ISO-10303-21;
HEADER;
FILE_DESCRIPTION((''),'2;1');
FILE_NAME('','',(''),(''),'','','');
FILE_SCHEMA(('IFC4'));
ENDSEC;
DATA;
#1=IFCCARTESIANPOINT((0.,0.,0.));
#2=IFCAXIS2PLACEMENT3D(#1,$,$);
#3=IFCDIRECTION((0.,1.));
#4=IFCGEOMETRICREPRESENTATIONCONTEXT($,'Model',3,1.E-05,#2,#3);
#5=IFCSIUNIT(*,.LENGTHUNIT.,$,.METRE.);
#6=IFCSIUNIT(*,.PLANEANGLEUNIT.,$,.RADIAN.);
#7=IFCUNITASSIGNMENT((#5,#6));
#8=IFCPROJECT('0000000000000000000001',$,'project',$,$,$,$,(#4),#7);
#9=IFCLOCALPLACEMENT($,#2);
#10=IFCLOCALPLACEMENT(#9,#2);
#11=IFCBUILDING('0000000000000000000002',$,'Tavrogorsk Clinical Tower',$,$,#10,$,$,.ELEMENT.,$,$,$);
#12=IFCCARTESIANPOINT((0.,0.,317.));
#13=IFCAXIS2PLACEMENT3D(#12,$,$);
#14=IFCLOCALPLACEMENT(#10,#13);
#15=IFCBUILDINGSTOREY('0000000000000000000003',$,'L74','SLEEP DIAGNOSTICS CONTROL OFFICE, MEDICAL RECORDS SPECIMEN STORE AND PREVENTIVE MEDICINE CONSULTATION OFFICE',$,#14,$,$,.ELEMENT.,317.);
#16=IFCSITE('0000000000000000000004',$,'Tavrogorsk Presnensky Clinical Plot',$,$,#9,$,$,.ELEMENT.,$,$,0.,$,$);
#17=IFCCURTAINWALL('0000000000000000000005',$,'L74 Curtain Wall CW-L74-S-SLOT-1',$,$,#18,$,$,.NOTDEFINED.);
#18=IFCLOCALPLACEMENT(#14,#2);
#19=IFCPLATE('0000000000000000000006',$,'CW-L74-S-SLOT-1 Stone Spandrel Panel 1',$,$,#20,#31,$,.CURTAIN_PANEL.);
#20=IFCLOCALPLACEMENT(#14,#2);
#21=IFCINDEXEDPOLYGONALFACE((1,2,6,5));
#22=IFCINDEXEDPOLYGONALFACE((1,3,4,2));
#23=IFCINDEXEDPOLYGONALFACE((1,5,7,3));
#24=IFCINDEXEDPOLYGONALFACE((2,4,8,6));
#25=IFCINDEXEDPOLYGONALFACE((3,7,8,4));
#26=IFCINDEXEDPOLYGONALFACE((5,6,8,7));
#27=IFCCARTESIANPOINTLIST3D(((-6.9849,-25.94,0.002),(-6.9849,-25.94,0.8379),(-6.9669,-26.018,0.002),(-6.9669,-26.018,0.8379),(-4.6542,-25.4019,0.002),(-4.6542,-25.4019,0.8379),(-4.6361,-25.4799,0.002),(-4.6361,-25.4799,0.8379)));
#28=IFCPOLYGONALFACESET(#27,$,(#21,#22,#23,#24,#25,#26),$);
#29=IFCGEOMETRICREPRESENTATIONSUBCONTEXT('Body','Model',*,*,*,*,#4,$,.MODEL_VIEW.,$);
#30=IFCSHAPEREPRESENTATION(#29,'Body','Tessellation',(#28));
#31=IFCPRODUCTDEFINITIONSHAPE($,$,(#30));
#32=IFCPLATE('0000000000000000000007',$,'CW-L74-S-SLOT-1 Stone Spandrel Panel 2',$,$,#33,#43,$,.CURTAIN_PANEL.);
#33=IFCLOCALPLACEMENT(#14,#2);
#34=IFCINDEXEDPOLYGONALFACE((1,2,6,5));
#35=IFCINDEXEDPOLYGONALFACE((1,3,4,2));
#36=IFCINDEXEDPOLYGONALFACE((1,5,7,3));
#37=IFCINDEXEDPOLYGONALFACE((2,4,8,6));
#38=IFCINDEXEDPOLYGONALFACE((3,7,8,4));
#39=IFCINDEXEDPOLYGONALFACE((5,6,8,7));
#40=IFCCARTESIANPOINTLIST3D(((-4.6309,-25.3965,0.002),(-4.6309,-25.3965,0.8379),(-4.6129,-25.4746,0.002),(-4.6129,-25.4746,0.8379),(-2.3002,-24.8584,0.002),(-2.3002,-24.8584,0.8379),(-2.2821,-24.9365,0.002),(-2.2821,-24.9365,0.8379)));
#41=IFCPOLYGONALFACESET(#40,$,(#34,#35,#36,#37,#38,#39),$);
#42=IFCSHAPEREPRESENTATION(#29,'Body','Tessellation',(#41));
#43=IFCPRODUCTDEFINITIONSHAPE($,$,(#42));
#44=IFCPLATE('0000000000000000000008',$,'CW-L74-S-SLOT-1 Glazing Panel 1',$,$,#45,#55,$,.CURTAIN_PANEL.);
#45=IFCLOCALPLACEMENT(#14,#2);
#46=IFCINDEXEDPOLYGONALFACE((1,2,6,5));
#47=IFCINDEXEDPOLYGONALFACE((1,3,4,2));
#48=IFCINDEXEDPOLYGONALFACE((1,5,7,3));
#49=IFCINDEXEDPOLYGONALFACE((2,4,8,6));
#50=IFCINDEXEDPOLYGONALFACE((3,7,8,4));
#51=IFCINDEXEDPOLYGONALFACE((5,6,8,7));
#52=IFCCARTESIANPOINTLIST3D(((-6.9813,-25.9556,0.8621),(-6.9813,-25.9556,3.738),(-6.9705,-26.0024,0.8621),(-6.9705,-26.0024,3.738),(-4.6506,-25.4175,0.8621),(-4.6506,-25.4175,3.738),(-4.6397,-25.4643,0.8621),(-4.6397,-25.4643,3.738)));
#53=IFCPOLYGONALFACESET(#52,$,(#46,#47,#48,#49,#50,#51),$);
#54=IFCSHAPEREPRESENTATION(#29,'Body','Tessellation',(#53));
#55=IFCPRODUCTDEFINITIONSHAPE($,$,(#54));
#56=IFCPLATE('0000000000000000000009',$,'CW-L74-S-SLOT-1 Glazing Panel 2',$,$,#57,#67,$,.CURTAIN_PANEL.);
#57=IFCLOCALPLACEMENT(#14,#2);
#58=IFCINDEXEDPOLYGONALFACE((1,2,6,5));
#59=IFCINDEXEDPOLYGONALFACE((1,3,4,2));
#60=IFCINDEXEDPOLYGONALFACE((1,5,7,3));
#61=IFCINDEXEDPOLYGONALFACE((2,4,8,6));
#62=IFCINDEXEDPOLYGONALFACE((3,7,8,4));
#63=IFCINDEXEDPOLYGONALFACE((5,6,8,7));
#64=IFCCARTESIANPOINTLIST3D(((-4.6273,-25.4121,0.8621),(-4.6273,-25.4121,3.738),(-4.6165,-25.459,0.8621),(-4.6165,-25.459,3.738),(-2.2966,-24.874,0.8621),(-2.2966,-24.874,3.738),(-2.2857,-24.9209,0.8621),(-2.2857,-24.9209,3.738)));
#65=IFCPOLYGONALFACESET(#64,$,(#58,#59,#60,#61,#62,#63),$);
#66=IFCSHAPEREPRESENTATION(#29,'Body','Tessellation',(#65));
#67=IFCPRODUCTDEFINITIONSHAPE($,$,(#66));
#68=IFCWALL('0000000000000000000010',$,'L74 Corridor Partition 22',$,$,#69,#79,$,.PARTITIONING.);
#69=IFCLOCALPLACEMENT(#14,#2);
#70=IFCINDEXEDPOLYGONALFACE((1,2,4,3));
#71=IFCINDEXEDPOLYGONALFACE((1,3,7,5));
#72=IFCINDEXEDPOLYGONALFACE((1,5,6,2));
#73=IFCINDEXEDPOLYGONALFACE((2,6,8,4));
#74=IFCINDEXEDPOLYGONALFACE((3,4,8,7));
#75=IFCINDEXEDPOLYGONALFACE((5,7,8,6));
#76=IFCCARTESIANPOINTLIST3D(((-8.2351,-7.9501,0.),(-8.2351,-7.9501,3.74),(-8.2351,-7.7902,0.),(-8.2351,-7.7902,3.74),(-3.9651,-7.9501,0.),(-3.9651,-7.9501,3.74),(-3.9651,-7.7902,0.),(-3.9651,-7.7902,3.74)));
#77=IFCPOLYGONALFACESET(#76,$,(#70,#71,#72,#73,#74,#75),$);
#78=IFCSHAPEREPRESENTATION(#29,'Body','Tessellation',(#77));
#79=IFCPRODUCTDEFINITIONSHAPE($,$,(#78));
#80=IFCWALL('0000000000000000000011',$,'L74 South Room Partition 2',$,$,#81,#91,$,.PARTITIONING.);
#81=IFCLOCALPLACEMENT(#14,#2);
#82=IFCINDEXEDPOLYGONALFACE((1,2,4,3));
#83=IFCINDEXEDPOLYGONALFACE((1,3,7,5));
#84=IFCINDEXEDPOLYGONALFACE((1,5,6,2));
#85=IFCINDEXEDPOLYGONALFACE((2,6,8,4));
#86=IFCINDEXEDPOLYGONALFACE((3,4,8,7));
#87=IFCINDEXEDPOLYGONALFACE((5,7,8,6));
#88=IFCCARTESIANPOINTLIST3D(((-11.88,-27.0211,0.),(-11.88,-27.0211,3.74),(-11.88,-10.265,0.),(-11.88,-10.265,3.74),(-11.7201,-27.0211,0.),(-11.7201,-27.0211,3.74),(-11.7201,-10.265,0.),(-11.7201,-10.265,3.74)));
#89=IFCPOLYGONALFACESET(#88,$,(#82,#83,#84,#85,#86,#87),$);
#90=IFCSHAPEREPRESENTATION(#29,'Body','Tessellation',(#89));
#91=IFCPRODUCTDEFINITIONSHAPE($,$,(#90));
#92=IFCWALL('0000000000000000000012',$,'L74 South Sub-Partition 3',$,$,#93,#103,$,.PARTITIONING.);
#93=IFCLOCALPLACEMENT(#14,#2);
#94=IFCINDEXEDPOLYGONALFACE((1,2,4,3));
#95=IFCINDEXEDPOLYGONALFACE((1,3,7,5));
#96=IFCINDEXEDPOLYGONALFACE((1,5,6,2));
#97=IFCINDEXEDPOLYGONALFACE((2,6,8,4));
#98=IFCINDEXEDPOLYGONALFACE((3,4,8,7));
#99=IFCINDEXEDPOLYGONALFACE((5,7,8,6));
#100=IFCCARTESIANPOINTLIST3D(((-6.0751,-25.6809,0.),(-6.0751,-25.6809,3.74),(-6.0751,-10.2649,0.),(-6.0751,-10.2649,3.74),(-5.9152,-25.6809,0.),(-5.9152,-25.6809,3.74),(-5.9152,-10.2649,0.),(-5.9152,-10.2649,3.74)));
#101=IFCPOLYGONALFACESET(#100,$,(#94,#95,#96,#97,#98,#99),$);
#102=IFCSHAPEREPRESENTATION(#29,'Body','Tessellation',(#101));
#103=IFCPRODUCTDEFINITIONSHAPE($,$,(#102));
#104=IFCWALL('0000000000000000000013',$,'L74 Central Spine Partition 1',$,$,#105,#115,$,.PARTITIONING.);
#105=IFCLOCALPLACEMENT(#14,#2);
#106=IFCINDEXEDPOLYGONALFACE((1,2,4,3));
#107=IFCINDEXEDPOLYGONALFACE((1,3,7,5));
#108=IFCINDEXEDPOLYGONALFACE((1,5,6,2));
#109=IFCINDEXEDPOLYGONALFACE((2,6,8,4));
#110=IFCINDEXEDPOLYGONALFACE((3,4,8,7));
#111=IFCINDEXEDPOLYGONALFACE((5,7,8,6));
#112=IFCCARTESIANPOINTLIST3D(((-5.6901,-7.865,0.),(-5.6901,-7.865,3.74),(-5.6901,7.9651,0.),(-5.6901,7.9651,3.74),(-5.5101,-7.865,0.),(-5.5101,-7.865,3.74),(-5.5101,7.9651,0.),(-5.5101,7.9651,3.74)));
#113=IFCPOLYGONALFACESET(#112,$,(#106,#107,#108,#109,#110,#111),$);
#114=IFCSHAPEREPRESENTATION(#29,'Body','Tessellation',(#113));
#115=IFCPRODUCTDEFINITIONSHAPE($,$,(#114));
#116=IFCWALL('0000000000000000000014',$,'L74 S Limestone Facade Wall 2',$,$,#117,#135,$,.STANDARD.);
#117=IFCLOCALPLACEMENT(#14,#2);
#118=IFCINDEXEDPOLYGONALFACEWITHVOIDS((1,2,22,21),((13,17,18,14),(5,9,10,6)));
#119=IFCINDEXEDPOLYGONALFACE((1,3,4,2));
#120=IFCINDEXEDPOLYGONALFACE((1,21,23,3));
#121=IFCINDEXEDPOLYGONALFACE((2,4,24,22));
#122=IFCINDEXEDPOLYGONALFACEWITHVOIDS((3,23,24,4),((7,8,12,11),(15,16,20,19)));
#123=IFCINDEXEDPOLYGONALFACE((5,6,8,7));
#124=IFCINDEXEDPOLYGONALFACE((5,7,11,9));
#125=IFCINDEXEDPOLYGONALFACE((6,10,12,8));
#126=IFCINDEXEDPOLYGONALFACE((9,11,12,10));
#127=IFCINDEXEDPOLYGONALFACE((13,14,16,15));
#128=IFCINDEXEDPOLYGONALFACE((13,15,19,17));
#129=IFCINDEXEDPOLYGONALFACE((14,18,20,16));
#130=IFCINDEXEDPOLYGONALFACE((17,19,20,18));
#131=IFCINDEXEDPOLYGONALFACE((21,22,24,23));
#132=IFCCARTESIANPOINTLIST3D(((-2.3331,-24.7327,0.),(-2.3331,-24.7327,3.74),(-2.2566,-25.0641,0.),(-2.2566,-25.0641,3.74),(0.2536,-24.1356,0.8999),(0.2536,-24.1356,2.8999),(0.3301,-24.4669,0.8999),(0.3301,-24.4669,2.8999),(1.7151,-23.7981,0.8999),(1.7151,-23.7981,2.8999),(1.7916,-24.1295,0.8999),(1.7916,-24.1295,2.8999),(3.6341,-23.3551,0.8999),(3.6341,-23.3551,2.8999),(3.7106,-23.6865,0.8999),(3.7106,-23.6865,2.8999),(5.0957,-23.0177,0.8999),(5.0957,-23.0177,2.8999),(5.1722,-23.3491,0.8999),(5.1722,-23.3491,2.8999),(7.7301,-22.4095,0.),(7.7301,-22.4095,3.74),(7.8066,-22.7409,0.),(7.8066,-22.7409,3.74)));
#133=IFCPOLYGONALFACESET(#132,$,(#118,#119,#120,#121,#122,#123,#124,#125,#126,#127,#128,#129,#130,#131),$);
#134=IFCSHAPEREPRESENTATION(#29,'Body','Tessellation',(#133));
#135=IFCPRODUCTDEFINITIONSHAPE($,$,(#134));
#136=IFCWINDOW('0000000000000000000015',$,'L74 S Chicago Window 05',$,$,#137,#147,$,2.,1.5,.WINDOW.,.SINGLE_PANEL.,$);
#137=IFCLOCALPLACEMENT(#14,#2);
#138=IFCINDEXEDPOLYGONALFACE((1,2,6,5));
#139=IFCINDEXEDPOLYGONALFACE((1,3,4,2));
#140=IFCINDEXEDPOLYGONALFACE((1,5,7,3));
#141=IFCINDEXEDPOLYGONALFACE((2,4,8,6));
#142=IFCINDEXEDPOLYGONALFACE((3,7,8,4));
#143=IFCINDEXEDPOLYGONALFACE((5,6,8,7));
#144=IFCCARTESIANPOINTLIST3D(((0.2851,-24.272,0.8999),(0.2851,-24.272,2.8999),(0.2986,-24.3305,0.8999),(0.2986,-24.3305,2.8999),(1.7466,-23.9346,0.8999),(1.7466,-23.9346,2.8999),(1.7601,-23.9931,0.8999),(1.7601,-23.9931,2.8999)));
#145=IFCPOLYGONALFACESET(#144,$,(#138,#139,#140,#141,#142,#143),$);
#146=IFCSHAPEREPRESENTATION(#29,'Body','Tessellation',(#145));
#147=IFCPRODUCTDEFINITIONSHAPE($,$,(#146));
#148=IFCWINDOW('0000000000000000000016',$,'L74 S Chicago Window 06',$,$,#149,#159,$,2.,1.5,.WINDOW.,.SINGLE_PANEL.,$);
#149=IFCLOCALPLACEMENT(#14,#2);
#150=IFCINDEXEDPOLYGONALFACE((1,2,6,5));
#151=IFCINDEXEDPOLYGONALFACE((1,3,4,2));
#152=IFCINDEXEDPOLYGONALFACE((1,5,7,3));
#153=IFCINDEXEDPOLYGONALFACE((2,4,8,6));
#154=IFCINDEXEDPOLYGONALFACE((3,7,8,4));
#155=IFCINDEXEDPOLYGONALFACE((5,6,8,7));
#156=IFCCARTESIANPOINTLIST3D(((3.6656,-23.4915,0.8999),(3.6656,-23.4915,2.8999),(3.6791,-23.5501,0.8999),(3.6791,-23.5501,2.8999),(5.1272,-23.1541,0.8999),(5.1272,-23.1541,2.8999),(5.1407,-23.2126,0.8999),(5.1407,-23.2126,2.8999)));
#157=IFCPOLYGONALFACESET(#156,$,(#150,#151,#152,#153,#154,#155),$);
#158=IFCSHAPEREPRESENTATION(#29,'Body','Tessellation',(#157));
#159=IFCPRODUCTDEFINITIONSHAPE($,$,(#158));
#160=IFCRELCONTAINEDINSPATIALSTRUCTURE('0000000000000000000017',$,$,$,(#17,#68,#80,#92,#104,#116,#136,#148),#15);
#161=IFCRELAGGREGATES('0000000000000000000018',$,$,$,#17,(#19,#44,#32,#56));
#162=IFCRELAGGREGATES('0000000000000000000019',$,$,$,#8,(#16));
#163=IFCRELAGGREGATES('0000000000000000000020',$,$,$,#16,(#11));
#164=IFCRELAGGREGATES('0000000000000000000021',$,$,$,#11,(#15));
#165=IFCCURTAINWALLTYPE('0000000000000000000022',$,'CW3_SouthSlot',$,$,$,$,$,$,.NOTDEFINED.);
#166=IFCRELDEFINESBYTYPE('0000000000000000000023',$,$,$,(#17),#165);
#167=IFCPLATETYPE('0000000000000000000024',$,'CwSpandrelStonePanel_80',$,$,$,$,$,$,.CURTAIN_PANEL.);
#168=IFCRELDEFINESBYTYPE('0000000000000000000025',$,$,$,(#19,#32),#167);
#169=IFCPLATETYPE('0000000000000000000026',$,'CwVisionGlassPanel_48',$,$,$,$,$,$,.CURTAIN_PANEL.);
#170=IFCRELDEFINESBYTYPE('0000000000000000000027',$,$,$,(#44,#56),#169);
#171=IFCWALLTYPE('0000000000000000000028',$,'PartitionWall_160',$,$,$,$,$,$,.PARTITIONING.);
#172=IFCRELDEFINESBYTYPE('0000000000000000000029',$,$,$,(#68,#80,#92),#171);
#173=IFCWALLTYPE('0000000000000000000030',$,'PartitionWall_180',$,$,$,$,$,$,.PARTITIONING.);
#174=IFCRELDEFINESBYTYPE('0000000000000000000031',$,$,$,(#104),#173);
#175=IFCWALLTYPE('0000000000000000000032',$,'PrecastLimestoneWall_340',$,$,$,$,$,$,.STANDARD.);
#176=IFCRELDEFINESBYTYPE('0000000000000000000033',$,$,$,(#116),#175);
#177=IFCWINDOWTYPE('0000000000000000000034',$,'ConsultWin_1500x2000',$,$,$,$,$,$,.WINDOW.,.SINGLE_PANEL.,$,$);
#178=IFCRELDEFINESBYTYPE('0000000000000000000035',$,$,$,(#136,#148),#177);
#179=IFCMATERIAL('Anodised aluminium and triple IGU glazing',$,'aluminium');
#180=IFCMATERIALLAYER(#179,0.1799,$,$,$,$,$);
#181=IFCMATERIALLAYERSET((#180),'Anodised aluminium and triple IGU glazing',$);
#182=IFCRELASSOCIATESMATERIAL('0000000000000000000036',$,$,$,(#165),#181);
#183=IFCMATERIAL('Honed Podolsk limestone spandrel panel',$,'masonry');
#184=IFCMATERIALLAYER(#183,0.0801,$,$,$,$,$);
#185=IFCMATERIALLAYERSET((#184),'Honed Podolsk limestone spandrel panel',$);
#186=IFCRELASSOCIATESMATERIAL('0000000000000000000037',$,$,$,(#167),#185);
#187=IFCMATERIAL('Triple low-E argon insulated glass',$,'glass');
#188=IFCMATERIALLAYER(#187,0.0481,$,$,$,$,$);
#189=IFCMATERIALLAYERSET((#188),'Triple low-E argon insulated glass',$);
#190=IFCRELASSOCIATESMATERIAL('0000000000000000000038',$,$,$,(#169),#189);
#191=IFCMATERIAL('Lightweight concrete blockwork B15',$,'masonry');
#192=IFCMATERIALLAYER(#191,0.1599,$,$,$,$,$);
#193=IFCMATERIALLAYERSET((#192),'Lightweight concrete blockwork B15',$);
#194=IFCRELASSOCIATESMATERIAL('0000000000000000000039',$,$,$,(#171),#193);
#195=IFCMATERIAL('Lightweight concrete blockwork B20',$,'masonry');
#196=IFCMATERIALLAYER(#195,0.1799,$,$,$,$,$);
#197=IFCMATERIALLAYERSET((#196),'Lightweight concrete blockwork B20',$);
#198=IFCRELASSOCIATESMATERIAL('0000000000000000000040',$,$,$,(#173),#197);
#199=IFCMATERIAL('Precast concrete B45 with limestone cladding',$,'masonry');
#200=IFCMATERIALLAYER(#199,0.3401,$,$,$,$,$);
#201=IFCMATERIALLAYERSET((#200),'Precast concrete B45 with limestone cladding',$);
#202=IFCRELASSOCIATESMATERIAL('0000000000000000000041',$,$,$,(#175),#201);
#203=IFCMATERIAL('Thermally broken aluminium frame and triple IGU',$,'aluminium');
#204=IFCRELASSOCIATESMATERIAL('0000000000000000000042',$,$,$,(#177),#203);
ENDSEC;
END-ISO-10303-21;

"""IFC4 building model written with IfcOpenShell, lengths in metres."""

from ifc_helpers import new_model, si_unit, direction, frame, frame_2d, origin, origin_2d, place, context, subcontext, project, spatial, rectangle, extrude, material, layer, layer_set, type_object, element, fill, aggregate, save


model = new_model("IFC4")

# Units and contexts
model_context = context("Model", 3, precision=1e-05, world=origin(), true_north=direction((0.0, 1.0)))
body_context = subcontext(model_context, "Body", "Model", "MODEL_VIEW")
ifc_project = project(units=[si_unit("LENGTHUNIT", "METRE"), si_unit("PLANEANGLEUNIT", "RADIAN")], contexts=[model_context])

# Site, building, storey
site_placement = place(None, origin())
site = spatial("IfcSite", under=ifc_project, at=site_placement, Name="Tavrogorsk Presnensky Clinical Plot", CompositionType="ELEMENT", RefElevation=0.0)
building_placement = place(site_placement, origin())
building = spatial("IfcBuilding", under=site, at=building_placement, Name="Tavrogorsk Clinical Tower", CompositionType="ELEMENT")
storey_placement = place(building_placement, frame((0.0, 0.0, 317.0)))
storey = spatial("IfcBuildingStorey", under=building, at=storey_placement, Name="L74", Description="SLEEP DIAGNOSTICS CONTROL OFFICE, MEDICAL RECORDS SPECIMEN STORE AND PREVENTIVE MEDICINE CONSULTATION OFFICE", CompositionType="ELEMENT", Elevation=317.0)

# Curtain wall
ifc_material_1 = material(Name="Anodised aluminium and triple IGU glazing", Category="aluminium")
ifc_layer_1 = layer(ifc_material_1, 0.1799)
ifc_layer_set_1 = layer_set([ifc_layer_1], Name="Anodised aluminium and triple IGU glazing")
curtain_wall_type = type_object("IfcCurtainWallType", Name="CW3_SouthSlot", PredefinedType="NOTDEFINED", material=ifc_layer_set_1)
curtain_wall_placement = place(storey_placement, origin())
curtain_wall = element("IfcCurtainWall", 1, at=curtain_wall_placement, inside=storey, type_object=curtain_wall_type, Name="L74 Curtain Wall CW-L74-S-SLOT-1", PredefinedType="NOTDEFINED")

# Plates
ifc_material_2 = material(Name="Honed Podolsk limestone spandrel panel", Category="masonry")
ifc_layer_2 = layer(ifc_material_2, 0.0801)
ifc_layer_set_2 = layer_set([ifc_layer_2], Name="Honed Podolsk limestone spandrel panel")
plate_type_1 = type_object("IfcPlateType", Name="CwSpandrelStonePanel_80", PredefinedType="CURTAIN_PANEL", material=ifc_layer_set_2)
plate_1_placement = place(storey_placement, frame((-5.8105, -25.71, 0.002), z_axis=(0.0, 0.0, 1.0), x_axis=(0.97437, 0.224951, 0.0)))
plate_1 = element("IfcPlate", 2, at=plate_1_placement, type_object=plate_type_1, Name="CW-L74-S-SLOT-1 Stone Spandrel Panel 1", PredefinedType="CURTAIN_PANEL", context=body_context, shape_type="SweptSolid", body=[
    extrude(rectangle(XDim=2.3921, YDim=0.0801, at=origin_2d()), origin(), (0.0, 0.0, 1.0), 0.8359),
])
plate_2_placement = place(storey_placement, frame((-3.4565, -25.1665, 0.002), z_axis=(0.0, 0.0, 1.0), x_axis=(0.97437, 0.224951, 0.0)))
plate_2 = element("IfcPlate", 3, at=plate_2_placement, type_object=plate_type_1, Name="CW-L74-S-SLOT-1 Stone Spandrel Panel 2", PredefinedType="CURTAIN_PANEL", context=body_context, shape_type="SweptSolid", body=[
    extrude(rectangle(XDim=2.3921, YDim=0.0801, at=origin_2d()), origin(), (0.0, 0.0, 1.0), 0.8359),
])
ifc_material_3 = material(Name="Triple low-E argon insulated glass", Category="glass")
ifc_layer_3 = layer(ifc_material_3, 0.0481)
ifc_layer_set_3 = layer_set([ifc_layer_3], Name="Triple low-E argon insulated glass")
plate_type_2 = type_object("IfcPlateType", Name="CwVisionGlassPanel_48", PredefinedType="CURTAIN_PANEL", material=ifc_layer_set_3)
plate_3_placement = place(storey_placement, frame((-5.8105, -25.71, 0.8621), z_axis=(0.0, 0.0, 1.0), x_axis=(0.97437, 0.224951, 0.0)))
plate_3 = element("IfcPlate", 4, at=plate_3_placement, type_object=plate_type_2, Name="CW-L74-S-SLOT-1 Glazing Panel 1", PredefinedType="CURTAIN_PANEL", context=body_context, shape_type="SweptSolid", body=[
    extrude(rectangle(XDim=2.3921, YDim=0.0481, at=origin_2d()), origin(), (0.0, 0.0, 1.0), 2.876),
])
plate_4_placement = place(storey_placement, frame((-3.4565, -25.1665, 0.8621), z_axis=(0.0, 0.0, 1.0), x_axis=(0.97437, 0.224951, 0.0)))
plate_4 = element("IfcPlate", 5, at=plate_4_placement, type_object=plate_type_2, Name="CW-L74-S-SLOT-1 Glazing Panel 2", PredefinedType="CURTAIN_PANEL", context=body_context, shape_type="SweptSolid", body=[
    extrude(rectangle(XDim=2.3921, YDim=0.0481, at=origin_2d()), origin(), (0.0, 0.0, 1.0), 2.876),
])
aggregate(curtain_wall, [plate_1, plate_3, plate_2, plate_4])

# Walls
ifc_material_4 = material(Name="Lightweight concrete blockwork B15", Category="masonry")
ifc_layer_4 = layer(ifc_material_4, 0.1599)
ifc_layer_set_4 = layer_set([ifc_layer_4], Name="Lightweight concrete blockwork B15")
wall_type_1 = type_object("IfcWallType", Name="PartitionWall_160", PredefinedType="PARTITIONING", material=ifc_layer_set_4)
wall_1_placement = place(storey_placement, frame((-8.2351, -7.8701, 0.0), z_axis=(0.0, 0.0, 1.0), x_axis=(1.0, 0.0, 0.0)))
element("IfcWall", 6, at=wall_1_placement, inside=storey, type_object=wall_type_1, Name="L74 Corridor Partition 22", PredefinedType="PARTITIONING", context=body_context, shape_type="SweptSolid", body=[
    extrude(rectangle(XDim=4.27, YDim=0.1599, at=frame_2d((2.135, 0.0))), origin(), (0.0, 0.0, 1.0), 3.74),
])
wall_2_placement = place(storey_placement, frame((-11.8, -27.021, 0.0), z_axis=(0.0, 0.0, 1.0), x_axis=(0.0, 1.0, 0.0)))
element("IfcWall", 7, at=wall_2_placement, inside=storey, type_object=wall_type_1, Name="L74 South Room Partition 2", PredefinedType="PARTITIONING", context=body_context, shape_type="SweptSolid", body=[
    extrude(rectangle(XDim=16.7561, YDim=0.1599, at=frame_2d((8.3779, 0.0))), origin(), (0.0, 0.0, 1.0), 3.74),
])
wall_3_placement = place(storey_placement, frame((-5.9951, -25.6809, 0.0), z_axis=(0.0, 0.0, 1.0), x_axis=(0.0, 1.0, 0.0)))
element("IfcWall", 8, at=wall_3_placement, inside=storey, type_object=wall_type_1, Name="L74 South Sub-Partition 3", PredefinedType="PARTITIONING", context=body_context, shape_type="SweptSolid", body=[
    extrude(rectangle(XDim=15.416, YDim=0.1599, at=frame_2d((7.708, 0.0))), origin(), (0.0, 0.0, 1.0), 3.74),
])
ifc_material_5 = material(Name="Lightweight concrete blockwork B20", Category="masonry")
ifc_layer_5 = layer(ifc_material_5, 0.1799)
ifc_layer_set_5 = layer_set([ifc_layer_5], Name="Lightweight concrete blockwork B20")
wall_type_2 = type_object("IfcWallType", Name="PartitionWall_180", PredefinedType="PARTITIONING", material=ifc_layer_set_5)
wall_4_placement = place(storey_placement, frame((-5.6001, -7.865, 0.0), z_axis=(0.0, 0.0, 1.0), x_axis=(0.0, 1.0, 0.0)))
element("IfcWall", 9, at=wall_4_placement, inside=storey, type_object=wall_type_2, Name="L74 Central Spine Partition 1", PredefinedType="PARTITIONING", context=body_context, shape_type="SweptSolid", body=[
    extrude(rectangle(XDim=15.8301, YDim=0.1799, at=frame_2d((7.915, 0.0))), origin(), (0.0, 0.0, 1.0), 3.74),
])

# Wall, openings, windows
ifc_material_6 = material(Name="Precast concrete B45 with limestone cladding", Category="masonry")
ifc_layer_6 = layer(ifc_material_6, 0.3401)
ifc_layer_set_6 = layer_set([ifc_layer_6], Name="Precast concrete B45 with limestone cladding")
wall_type_3 = type_object("IfcWallType", Name="PrecastLimestoneWall_340", PredefinedType="STANDARD", material=ifc_layer_set_6)
wall_5_placement = place(storey_placement, frame((-2.2949, -24.8984, 0.0), z_axis=(0.0, 0.0, 1.0), x_axis=(0.974371, 0.224948, 0.0)))
wall_5 = element("IfcWall", 10, at=wall_5_placement, inside=storey, type_object=wall_type_3, Name="L74 S Limestone Facade Wall 2", PredefinedType="STANDARD", context=body_context, shape_type="SweptSolid", body=[
    extrude(rectangle(XDim=10.3279, YDim=0.3401, at=frame_2d((5.1641, 0.0))), origin(), (0.0, 0.0, 1.0), 3.74),
])
opening_1_placement = place(wall_5_placement, frame((2.6548, 0.0, 0.8999)))
opening_1 = element("IfcOpeningElement", 11, at=opening_1_placement, cuts=wall_5, PredefinedType="OPENING", context=body_context, shape_type="SweptSolid", body=[
    extrude(rectangle(XDim=1.5, YDim=2.0, at=frame_2d((0.75, 1.0))), frame((0.0, 0.1799, 0.0), z_axis=(0.0, -1.0, 0.0), x_axis=(1.0, 0.0, 0.0)), (0.0, 0.0, 1.0), 0.3601),
])
opening_2_placement = place(wall_5_placement, frame((6.1243, 0.0, 0.8999)))
opening_2 = element("IfcOpeningElement", 12, at=opening_2_placement, cuts=wall_5, PredefinedType="OPENING", context=body_context, shape_type="SweptSolid", body=[
    extrude(rectangle(XDim=1.5, YDim=2.0, at=frame_2d((0.75, 1.0))), frame((0.0, 0.1799, 0.0), z_axis=(0.0, -1.0, 0.0), x_axis=(1.0, 0.0, 0.0)), (0.0, 0.0, 1.0), 0.3601),
])
ifc_material_7 = material(Name="Thermally broken aluminium frame and triple IGU", Category="aluminium")
window_type = type_object("IfcWindowType", Name="ConsultWin_1500x2000", PartitioningType="SINGLE_PANEL", PredefinedType="WINDOW", material=ifc_material_7)
window_1_placement = place(opening_1_placement, origin())
window_1 = element("IfcWindow", 13, at=window_1_placement, inside=storey, type_object=window_type, Name="L74 S Chicago Window 05", OverallHeight=2.0, OverallWidth=1.5, PartitioningType="SINGLE_PANEL", PredefinedType="WINDOW", context=body_context, shape_type="SweptSolid", body=[
    extrude(rectangle(XDim=1.5, YDim=2.0, at=frame_2d((0.75, 1.0))), frame((0.0, 0.03, 0.0), z_axis=(0.0, -1.0, 0.0), x_axis=(1.0, 0.0, 0.0)), (0.0, 0.0, 1.0), 0.0601),
])
fill(opening_1, window_1)
window_2_placement = place(opening_2_placement, origin())
window_2 = element("IfcWindow", 14, at=window_2_placement, inside=storey, type_object=window_type, Name="L74 S Chicago Window 06", OverallHeight=2.0, OverallWidth=1.5, PartitioningType="SINGLE_PANEL", PredefinedType="WINDOW", context=body_context, shape_type="SweptSolid", body=[
    extrude(rectangle(XDim=1.5, YDim=2.0, at=frame_2d((0.75, 1.0))), frame((0.0, 0.03, 0.0), z_axis=(0.0, -1.0, 0.0), x_axis=(1.0, 0.0, 0.0)), (0.0, 0.0, 1.0), 0.0601),
])
fill(opening_2, window_2)

save(model, "model.ifc")
